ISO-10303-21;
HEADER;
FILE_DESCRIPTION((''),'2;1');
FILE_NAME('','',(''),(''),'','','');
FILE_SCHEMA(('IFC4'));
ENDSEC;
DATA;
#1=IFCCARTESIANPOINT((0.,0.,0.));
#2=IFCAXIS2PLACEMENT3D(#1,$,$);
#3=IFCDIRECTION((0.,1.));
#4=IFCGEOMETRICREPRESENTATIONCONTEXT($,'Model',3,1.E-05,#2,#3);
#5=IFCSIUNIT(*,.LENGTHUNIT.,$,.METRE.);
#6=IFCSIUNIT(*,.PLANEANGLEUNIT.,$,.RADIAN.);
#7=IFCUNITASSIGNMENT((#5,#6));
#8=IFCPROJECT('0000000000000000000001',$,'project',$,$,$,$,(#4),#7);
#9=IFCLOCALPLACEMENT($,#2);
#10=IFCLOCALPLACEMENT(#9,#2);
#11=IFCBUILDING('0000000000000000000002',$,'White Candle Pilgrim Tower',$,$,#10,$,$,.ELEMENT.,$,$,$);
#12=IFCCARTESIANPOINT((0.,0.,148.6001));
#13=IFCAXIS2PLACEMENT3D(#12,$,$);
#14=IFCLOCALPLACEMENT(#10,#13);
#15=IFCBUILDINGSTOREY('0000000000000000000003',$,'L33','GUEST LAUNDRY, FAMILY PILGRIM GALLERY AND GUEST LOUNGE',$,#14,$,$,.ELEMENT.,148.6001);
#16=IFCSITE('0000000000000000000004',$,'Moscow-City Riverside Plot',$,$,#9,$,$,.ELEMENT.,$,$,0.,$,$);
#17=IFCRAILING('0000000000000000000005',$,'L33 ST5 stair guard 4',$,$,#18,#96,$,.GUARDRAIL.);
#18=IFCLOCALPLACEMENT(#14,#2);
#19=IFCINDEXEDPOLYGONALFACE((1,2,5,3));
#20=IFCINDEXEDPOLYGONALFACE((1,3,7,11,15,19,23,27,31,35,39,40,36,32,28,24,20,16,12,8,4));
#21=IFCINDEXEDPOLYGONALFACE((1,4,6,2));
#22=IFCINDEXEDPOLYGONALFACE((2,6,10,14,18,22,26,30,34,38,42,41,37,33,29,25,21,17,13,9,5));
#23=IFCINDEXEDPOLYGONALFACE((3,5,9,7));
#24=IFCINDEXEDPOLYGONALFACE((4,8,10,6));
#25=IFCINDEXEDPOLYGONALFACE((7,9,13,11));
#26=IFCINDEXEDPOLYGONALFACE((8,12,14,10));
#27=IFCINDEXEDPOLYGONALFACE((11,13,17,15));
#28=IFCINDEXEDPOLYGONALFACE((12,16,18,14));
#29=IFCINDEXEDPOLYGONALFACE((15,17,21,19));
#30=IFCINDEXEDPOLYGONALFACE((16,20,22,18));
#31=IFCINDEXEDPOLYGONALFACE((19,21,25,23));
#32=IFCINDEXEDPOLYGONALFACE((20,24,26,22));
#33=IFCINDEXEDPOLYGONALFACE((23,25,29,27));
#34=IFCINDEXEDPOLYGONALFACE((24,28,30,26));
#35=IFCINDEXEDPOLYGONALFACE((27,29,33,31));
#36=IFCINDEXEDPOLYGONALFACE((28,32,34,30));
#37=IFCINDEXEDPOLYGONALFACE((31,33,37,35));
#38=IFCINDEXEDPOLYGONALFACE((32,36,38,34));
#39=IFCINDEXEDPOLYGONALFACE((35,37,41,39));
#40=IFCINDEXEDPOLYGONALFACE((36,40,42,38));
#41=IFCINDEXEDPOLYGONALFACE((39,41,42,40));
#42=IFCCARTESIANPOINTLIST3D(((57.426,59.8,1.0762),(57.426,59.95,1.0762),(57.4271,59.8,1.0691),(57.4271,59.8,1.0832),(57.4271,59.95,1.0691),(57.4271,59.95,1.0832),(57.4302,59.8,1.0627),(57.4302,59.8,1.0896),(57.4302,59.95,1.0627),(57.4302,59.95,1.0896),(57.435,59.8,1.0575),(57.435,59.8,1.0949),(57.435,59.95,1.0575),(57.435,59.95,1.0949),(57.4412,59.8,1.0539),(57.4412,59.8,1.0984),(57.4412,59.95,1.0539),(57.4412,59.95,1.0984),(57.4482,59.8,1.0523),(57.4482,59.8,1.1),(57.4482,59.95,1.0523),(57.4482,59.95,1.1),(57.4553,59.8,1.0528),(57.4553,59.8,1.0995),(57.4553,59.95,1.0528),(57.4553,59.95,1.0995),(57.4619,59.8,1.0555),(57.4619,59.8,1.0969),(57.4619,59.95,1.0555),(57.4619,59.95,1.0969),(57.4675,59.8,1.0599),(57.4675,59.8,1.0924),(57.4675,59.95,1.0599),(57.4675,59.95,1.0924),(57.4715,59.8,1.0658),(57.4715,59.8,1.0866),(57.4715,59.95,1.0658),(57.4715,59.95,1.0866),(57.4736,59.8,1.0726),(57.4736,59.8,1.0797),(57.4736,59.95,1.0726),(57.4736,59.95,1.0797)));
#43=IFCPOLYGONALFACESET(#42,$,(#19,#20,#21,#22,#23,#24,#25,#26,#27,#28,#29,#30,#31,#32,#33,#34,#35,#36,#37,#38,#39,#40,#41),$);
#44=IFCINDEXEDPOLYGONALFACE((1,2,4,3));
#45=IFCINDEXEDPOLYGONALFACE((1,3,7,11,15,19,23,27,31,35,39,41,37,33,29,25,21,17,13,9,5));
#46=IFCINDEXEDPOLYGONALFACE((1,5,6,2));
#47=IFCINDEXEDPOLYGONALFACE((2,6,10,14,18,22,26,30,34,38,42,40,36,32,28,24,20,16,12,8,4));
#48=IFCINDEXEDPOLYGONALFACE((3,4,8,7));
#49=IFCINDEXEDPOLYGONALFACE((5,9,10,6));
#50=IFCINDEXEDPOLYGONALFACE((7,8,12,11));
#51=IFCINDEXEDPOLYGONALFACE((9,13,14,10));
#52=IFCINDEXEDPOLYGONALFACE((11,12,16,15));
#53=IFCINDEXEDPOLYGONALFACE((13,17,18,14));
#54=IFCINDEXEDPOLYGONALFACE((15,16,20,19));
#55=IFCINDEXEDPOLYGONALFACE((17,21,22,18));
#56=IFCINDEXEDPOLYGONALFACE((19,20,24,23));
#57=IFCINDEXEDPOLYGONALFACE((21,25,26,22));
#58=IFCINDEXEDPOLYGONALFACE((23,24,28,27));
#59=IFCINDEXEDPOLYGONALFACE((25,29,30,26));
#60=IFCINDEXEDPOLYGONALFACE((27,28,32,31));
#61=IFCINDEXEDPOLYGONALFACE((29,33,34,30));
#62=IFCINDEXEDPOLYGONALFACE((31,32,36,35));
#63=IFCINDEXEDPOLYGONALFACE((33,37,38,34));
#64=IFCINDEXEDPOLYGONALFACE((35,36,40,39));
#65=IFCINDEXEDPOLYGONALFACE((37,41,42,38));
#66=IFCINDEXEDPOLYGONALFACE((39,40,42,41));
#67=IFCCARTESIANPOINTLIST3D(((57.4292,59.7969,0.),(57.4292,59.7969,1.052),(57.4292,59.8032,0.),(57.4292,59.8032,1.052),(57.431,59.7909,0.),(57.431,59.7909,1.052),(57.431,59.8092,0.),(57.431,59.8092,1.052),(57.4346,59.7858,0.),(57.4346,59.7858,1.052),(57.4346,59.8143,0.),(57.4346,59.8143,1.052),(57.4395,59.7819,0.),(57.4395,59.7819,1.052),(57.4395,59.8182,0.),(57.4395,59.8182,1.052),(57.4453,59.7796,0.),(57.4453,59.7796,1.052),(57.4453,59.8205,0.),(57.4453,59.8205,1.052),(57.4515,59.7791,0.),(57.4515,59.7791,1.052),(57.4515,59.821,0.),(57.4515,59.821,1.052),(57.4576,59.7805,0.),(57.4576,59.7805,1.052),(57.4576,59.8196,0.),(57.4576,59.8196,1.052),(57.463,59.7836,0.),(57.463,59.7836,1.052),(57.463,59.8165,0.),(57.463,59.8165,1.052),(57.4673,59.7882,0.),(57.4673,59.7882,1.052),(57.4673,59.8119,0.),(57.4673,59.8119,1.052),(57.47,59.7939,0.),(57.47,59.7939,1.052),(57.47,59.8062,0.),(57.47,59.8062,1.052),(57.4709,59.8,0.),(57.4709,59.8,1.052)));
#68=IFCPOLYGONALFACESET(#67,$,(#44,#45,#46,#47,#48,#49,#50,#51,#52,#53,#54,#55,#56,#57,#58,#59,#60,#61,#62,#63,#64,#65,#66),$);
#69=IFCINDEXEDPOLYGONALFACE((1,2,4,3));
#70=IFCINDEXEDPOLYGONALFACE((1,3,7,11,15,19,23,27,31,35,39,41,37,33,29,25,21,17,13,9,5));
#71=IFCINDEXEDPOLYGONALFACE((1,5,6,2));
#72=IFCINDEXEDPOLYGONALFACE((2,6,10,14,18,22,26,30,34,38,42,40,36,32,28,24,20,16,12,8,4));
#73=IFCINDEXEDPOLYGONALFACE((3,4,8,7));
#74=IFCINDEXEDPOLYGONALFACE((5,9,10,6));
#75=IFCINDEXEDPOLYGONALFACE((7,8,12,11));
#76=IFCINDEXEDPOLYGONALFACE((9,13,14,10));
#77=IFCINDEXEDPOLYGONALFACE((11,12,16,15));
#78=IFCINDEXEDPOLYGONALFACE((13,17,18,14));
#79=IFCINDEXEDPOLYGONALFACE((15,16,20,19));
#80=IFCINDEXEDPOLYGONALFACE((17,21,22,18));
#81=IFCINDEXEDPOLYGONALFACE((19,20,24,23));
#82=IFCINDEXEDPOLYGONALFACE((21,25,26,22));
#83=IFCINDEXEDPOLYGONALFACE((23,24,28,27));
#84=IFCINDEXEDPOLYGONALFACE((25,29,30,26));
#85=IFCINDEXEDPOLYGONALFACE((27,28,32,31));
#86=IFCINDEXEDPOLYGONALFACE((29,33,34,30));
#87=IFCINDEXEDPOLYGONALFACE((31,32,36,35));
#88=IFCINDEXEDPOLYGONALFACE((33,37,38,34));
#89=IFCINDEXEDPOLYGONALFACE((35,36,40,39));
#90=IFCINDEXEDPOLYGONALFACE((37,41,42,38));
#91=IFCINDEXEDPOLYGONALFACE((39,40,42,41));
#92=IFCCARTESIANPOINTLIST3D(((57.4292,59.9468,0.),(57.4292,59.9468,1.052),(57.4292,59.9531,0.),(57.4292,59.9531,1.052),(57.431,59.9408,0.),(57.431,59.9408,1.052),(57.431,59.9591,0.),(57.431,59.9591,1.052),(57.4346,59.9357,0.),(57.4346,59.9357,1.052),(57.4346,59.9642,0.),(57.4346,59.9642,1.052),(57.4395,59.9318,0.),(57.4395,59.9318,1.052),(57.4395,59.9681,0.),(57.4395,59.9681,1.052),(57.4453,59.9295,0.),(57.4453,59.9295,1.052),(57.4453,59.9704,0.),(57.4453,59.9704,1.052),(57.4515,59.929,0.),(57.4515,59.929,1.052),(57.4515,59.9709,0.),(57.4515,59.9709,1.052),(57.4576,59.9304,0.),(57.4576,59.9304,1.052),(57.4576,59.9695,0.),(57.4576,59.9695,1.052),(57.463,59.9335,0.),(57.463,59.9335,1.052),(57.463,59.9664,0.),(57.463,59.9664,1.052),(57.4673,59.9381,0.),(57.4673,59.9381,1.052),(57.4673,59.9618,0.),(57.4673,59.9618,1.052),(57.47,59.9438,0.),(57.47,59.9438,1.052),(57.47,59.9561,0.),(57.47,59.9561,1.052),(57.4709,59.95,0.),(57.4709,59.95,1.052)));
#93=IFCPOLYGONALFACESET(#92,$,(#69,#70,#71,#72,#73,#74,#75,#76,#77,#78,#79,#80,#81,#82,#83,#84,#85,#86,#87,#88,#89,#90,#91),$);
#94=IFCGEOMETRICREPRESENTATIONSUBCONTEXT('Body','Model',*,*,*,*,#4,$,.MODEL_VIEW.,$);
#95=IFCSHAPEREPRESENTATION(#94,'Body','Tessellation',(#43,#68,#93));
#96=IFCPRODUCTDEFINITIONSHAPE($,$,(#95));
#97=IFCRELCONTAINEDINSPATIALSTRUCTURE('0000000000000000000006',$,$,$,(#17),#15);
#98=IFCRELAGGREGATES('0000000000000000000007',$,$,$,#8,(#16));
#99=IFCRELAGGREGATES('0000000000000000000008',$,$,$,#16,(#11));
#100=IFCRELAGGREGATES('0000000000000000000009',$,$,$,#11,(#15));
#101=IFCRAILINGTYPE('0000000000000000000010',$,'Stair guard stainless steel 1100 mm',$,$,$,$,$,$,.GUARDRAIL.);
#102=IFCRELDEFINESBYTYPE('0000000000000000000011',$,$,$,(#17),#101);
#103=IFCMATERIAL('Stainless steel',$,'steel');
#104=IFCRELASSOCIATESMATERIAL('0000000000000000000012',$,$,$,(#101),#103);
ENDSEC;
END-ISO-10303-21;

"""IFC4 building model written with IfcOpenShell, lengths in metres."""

from ifc_helpers import new_model, si_unit, direction, frame, origin, origin_2d, place, context, subcontext, project, spatial, circle, extrude, material, type_object, element, save


model = new_model("IFC4")

# Units and contexts
model_context = context("Model", 3, precision=1e-05, world=origin(), true_north=direction((0.0, 1.0)))
body_context = subcontext(model_context, "Body", "Model", "MODEL_VIEW")
ifc_project = project(units=[si_unit("LENGTHUNIT", "METRE"), si_unit("PLANEANGLEUNIT", "RADIAN")], contexts=[model_context])

# Site, building, storey
site_placement = place(None, origin())
site = spatial("IfcSite", under=ifc_project, at=site_placement, Name="Moscow-City Riverside Plot", CompositionType="ELEMENT", RefElevation=0.0)
building_placement = place(site_placement, origin())
building = spatial("IfcBuilding", under=site, at=building_placement, Name="White Candle Pilgrim Tower", CompositionType="ELEMENT")
storey_placement = place(building_placement, frame((0.0, 0.0, 148.6001)))
storey = spatial("IfcBuildingStorey", under=building, at=storey_placement, Name="L33", Description="GUEST LAUNDRY, FAMILY PILGRIM GALLERY AND GUEST LOUNGE", CompositionType="ELEMENT", Elevation=148.6001)

# Railing
ifc_material_1 = material(Name="Stainless steel", Category="steel")
railing_type_1 = type_object("IfcRailingType", Name="Stair guard stainless steel 1100 mm", PredefinedType="GUARDRAIL", material=ifc_material_1)
railing_1_placement = place(storey_placement, frame((57.45, 59.8, 0.0)))
element("IfcRailing", 1, at=railing_1_placement, inside=storey, type_object=railing_type_1, Name="L33 ST5 stair guard 4", PredefinedType="GUARDRAIL", context=body_context, shape_type="SweptSolid", body=[
    extrude(circle(Radius=0.0239, at=origin_2d()), frame((0.0, 0.0, 1.0762), z_axis=(0.0, 1.0, 0.0), x_axis=(-1.0, 0.0, 0.0)), (0.0, 0.0, 1.0), 0.1499),
    extrude(circle(Radius=0.021, at=origin_2d()), origin(), (0.0, 0.0, 1.0), 1.052),
    extrude(circle(Radius=0.021, at=origin_2d()), frame((0.0, 0.1499, 0.0)), (0.0, 0.0, 1.0), 1.052),
])

save(model, "model.ifc")
